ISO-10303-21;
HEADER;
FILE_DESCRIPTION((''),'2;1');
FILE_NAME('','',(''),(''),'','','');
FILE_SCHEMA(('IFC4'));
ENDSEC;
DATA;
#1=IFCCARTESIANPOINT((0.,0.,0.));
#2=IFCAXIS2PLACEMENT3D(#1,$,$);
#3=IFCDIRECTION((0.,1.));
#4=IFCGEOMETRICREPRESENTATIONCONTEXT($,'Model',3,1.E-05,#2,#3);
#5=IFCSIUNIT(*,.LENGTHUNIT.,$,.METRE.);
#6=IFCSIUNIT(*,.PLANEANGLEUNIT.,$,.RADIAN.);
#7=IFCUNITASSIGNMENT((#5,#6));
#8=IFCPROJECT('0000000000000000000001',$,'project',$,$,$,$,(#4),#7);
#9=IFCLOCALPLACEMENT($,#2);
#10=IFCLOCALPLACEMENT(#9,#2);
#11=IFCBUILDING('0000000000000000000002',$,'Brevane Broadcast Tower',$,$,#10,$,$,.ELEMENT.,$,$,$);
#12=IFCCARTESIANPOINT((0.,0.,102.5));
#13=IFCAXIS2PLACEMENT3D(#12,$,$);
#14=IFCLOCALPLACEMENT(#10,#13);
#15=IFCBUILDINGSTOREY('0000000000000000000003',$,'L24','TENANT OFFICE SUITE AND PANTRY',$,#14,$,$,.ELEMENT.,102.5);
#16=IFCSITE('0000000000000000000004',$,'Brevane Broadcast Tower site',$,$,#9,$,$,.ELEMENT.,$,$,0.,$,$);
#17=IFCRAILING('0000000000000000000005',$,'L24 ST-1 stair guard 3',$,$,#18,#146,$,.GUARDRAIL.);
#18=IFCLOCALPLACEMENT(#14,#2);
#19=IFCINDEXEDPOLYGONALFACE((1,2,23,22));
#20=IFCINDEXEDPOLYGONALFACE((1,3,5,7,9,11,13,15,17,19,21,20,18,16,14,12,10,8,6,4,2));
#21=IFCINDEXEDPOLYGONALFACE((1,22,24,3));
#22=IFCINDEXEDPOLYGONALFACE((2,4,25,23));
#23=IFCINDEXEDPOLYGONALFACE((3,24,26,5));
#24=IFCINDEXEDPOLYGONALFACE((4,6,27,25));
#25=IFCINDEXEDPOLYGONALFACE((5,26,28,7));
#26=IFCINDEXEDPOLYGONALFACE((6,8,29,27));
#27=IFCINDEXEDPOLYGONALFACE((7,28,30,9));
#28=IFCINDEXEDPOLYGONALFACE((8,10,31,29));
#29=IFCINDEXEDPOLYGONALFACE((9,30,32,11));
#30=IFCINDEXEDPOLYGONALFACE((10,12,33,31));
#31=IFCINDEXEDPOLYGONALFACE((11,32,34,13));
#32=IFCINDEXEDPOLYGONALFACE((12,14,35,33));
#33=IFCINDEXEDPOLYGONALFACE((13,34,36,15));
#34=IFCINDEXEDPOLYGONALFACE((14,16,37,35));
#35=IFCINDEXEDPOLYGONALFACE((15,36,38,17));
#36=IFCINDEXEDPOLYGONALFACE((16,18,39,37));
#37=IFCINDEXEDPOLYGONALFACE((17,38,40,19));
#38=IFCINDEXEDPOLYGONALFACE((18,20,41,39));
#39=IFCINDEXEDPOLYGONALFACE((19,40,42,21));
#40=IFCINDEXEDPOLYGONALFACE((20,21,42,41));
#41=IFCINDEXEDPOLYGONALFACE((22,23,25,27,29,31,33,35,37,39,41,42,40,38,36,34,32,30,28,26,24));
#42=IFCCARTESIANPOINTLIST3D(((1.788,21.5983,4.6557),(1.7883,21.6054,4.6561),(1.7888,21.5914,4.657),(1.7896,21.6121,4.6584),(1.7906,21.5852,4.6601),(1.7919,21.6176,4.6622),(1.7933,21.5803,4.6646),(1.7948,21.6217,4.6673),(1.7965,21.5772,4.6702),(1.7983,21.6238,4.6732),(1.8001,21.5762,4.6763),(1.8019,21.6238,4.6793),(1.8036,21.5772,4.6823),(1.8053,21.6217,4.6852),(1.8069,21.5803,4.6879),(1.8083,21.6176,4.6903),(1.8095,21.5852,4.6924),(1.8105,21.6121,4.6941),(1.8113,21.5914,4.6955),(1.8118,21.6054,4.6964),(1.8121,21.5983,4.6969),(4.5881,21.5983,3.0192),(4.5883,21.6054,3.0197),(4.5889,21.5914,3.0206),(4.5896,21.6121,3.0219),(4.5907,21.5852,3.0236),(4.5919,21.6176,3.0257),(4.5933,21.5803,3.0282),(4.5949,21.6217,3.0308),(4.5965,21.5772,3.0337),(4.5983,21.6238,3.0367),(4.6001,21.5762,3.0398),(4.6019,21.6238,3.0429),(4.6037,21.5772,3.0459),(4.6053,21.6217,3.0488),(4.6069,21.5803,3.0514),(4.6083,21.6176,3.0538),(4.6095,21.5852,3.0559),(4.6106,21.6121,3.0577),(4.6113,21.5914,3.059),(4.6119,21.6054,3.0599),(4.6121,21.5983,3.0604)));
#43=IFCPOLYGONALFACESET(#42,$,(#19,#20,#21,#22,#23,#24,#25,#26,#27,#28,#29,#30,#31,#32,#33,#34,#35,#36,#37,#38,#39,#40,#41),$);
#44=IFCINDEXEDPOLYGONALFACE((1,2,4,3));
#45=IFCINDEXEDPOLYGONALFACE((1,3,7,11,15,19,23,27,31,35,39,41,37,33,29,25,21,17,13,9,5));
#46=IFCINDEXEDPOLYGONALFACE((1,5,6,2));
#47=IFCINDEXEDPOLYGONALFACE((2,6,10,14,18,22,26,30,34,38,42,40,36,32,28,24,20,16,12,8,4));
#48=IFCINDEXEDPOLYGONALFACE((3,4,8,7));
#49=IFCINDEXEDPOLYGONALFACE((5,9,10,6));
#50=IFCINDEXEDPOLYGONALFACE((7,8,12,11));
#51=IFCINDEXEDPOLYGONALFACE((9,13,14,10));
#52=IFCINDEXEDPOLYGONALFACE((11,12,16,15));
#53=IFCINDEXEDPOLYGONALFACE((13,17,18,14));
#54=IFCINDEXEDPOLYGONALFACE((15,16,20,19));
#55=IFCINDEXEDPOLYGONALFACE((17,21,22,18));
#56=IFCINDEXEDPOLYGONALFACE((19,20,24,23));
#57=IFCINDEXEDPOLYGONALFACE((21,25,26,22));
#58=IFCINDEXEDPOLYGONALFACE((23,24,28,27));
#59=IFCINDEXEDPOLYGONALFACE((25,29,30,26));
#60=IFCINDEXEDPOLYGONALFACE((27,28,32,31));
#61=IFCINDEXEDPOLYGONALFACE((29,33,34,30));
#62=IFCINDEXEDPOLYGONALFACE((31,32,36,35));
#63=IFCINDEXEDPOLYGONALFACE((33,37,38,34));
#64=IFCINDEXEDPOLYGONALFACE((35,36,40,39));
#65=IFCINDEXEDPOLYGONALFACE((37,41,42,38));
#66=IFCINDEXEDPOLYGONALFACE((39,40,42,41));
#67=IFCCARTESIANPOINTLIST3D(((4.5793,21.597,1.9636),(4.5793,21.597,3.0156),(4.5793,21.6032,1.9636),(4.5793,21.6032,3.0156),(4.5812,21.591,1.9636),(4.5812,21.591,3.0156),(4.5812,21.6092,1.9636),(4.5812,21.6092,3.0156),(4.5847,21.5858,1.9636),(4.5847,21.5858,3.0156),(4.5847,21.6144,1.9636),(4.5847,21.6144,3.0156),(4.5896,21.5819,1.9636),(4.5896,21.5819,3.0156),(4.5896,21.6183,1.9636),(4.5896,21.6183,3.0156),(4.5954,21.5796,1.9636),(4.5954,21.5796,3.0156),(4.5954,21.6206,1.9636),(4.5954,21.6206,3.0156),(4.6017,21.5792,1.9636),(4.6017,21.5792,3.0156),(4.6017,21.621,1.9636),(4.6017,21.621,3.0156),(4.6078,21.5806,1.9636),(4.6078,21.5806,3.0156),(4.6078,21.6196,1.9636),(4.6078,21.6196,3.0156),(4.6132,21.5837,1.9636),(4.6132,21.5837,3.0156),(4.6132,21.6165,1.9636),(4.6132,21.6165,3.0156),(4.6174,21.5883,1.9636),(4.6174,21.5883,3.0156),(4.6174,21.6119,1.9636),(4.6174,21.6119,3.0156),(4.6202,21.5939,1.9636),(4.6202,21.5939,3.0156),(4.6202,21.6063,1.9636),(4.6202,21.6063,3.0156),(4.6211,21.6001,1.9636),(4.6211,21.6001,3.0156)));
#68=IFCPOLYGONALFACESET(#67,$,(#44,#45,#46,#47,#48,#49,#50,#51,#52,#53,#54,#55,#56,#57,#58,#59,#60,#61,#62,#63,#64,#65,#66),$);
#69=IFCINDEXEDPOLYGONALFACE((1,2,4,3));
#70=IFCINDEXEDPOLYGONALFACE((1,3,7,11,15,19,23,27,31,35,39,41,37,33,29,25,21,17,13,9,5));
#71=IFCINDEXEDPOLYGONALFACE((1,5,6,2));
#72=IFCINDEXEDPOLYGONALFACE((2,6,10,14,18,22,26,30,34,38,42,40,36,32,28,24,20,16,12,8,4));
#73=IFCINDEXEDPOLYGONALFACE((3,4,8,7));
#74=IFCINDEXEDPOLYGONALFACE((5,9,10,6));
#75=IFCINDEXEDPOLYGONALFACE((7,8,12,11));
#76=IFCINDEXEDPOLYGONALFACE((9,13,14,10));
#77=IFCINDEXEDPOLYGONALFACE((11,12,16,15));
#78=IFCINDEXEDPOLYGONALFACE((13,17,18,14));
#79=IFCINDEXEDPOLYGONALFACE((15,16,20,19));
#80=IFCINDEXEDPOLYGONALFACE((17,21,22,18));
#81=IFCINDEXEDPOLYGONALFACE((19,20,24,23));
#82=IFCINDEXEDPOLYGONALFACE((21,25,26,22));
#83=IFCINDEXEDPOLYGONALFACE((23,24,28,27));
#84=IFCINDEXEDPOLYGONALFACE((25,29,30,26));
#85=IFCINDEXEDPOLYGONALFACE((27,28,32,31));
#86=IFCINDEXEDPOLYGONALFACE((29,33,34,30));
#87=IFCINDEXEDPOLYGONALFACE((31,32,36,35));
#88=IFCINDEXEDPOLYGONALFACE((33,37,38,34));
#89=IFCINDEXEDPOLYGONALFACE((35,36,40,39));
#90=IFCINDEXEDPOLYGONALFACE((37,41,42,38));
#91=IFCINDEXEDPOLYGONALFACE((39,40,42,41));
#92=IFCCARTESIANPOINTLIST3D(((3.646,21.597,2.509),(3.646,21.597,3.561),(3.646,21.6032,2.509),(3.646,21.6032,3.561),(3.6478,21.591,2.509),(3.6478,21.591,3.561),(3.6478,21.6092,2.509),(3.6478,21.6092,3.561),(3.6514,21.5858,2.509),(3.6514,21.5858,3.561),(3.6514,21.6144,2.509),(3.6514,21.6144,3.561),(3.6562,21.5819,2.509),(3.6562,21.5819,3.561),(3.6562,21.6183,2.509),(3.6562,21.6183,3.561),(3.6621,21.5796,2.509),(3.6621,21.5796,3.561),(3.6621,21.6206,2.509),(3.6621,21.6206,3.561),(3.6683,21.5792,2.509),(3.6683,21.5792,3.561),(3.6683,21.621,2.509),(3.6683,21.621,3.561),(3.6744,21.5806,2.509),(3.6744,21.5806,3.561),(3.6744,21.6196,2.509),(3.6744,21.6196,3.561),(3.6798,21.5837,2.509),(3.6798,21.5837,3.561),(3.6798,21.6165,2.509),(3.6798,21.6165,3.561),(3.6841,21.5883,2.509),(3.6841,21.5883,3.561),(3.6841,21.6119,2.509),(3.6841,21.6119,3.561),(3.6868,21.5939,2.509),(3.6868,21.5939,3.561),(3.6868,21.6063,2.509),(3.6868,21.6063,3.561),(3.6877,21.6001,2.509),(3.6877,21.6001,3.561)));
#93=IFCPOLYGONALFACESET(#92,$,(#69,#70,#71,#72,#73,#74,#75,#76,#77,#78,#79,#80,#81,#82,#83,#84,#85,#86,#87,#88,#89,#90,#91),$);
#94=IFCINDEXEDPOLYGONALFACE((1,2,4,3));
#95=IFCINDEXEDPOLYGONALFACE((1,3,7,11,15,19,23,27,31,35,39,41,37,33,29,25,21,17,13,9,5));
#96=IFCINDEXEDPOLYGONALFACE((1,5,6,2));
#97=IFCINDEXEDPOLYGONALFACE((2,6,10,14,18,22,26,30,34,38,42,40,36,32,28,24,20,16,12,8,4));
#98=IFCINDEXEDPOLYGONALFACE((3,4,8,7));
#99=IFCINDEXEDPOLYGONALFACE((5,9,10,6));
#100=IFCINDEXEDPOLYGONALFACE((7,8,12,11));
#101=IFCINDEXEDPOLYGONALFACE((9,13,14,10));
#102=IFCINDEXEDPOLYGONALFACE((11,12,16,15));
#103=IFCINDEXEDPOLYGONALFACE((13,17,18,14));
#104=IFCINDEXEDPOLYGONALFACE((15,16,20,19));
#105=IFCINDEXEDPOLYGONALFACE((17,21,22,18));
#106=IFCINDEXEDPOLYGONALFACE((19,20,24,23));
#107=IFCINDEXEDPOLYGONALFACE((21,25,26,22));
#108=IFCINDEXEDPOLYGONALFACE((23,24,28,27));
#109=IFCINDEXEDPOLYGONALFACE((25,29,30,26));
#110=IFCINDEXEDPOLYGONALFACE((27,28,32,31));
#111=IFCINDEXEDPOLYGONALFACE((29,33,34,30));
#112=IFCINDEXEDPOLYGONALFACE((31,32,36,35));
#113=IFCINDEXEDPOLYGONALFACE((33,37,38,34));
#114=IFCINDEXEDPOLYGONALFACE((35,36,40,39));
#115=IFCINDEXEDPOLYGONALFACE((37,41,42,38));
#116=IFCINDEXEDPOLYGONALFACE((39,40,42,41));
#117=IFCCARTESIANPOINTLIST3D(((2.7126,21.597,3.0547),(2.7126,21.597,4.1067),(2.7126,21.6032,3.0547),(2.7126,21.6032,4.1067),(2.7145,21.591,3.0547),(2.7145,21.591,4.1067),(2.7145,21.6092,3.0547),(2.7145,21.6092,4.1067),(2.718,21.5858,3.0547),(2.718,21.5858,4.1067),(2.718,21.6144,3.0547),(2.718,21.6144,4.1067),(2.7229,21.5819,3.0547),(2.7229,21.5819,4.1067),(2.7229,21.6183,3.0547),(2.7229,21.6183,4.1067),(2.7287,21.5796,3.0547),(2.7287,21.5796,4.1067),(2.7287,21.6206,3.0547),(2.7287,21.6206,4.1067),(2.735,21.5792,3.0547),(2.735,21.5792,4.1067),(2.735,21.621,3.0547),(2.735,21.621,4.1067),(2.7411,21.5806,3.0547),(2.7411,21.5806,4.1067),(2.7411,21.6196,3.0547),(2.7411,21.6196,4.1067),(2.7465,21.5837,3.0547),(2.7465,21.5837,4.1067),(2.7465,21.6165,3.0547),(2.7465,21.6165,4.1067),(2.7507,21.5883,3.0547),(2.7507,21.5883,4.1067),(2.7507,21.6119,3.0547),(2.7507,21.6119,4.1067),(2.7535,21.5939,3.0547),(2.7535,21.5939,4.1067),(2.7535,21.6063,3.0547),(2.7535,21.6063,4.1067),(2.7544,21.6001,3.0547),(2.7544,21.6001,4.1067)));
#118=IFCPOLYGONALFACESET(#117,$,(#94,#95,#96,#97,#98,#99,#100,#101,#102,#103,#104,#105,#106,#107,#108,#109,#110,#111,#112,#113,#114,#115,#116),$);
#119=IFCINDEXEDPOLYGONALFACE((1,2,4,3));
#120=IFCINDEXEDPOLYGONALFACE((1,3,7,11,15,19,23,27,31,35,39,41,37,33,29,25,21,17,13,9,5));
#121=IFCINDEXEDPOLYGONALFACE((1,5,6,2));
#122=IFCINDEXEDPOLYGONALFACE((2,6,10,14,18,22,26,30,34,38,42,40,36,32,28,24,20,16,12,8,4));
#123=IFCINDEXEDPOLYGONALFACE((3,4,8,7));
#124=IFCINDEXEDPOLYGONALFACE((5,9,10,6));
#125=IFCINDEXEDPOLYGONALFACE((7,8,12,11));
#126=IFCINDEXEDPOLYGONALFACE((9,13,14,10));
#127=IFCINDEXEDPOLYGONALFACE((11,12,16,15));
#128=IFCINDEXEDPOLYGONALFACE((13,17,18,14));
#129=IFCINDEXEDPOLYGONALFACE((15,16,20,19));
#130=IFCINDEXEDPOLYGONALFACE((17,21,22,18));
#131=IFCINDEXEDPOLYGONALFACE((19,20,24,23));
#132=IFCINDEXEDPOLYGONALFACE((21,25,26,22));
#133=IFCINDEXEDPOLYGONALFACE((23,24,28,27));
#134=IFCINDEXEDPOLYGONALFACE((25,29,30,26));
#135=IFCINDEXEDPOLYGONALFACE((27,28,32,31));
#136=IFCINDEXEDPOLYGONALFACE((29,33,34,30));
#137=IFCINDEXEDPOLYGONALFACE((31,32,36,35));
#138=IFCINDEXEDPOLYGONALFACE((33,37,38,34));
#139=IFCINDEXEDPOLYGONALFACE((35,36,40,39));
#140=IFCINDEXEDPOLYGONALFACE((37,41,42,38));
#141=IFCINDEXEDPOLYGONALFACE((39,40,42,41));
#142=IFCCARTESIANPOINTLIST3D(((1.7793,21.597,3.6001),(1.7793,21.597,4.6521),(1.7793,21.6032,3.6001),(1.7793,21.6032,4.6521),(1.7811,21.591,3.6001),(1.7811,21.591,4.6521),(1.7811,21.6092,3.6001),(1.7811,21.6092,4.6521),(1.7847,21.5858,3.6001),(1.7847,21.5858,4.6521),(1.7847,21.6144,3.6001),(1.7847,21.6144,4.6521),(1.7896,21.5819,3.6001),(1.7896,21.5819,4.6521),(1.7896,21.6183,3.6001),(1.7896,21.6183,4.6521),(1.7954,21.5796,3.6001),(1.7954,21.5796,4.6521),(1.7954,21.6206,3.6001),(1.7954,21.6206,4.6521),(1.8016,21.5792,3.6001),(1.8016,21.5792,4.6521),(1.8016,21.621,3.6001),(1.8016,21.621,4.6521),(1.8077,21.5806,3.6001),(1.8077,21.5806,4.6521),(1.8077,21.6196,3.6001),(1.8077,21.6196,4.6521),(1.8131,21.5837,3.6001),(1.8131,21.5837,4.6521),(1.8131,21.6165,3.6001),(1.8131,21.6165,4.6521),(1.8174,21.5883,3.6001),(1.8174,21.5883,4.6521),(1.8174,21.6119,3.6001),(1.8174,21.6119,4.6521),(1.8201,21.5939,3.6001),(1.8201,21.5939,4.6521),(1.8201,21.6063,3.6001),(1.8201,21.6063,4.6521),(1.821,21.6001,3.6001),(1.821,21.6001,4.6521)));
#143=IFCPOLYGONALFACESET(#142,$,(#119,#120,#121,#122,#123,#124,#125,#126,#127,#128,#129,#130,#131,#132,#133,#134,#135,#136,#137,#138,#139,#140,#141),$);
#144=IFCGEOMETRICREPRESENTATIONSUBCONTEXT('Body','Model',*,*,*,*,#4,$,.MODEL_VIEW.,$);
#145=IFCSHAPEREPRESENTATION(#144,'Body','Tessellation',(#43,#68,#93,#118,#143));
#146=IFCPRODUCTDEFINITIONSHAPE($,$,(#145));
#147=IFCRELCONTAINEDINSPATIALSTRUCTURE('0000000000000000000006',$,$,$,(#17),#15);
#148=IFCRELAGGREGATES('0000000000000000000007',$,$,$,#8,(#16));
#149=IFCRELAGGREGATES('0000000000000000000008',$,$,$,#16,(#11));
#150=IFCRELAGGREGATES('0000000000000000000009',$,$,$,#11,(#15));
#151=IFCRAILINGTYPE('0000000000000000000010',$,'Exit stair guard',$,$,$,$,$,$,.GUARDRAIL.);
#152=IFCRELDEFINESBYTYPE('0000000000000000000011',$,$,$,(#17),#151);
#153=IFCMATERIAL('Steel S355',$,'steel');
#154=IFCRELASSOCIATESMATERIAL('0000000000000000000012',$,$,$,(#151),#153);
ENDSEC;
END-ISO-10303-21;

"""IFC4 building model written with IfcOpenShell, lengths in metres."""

from ifc_helpers import new_model, si_unit, direction, frame, origin, origin_2d, place, context, subcontext, project, spatial, circle, extrude, material, type_object, element, save


model = new_model("IFC4")

# Units and contexts
model_context = context("Model", 3, precision=1e-05, world=origin(), true_north=direction((0.0, 1.0)))
body_context = subcontext(model_context, "Body", "Model", "MODEL_VIEW")
ifc_project = project(units=[si_unit("LENGTHUNIT", "METRE"), si_unit("PLANEANGLEUNIT", "RADIAN")], contexts=[model_context])

# Site, building, storey
site_placement = place(None, origin())
site = spatial("IfcSite", under=ifc_project, at=site_placement, Name="Brevane Broadcast Tower site", CompositionType="ELEMENT", RefElevation=0.0)
building_placement = place(site_placement, origin())
building = spatial("IfcBuilding", under=site, at=building_placement, Name="Brevane Broadcast Tower", CompositionType="ELEMENT")
storey_placement = place(building_placement, frame((0.0, 0.0, 102.5)))
storey = spatial("IfcBuildingStorey", under=building, at=storey_placement, Name="L24", Description="TENANT OFFICE SUITE AND PANTRY", CompositionType="ELEMENT", Elevation=102.5)

# Railing
ifc_material_1 = material(Name="Steel S355", Category="steel")
railing_type_1 = type_object("IfcRailingType", Name="Exit stair guard", PredefinedType="GUARDRAIL", material=ifc_material_1)
railing_1_placement = place(storey_placement, frame((4.6001, 21.6001, 1.9636)))
element("IfcRailing", 1, at=railing_1_placement, inside=storey, type_object=railing_type_1, Name="L24 ST-1 stair guard 3", PredefinedType="GUARDRAIL", context=body_context, shape_type="SweptSolid", body=[
    extrude(circle(Radius=0.0239, at=origin_2d()), frame((0.0, 0.0, 1.0762), z_axis=(-0.863361, 0.0, 0.504587), x_axis=(0.0, -1.0, 0.0)), (0.0, 0.0, 1.0), 3.2432),
    extrude(circle(Radius=0.021, at=origin_2d()), origin(), (0.0, 0.0, 1.0), 1.052),
    extrude(circle(Radius=0.021, at=origin_2d()), frame((-0.9333, 0.0, 0.5454)), (0.0, 0.0, 1.0), 1.052),
    extrude(circle(Radius=0.021, at=origin_2d()), frame((-1.8667, 0.0, 1.0911)), (0.0, 0.0, 1.0), 1.052),
    extrude(circle(Radius=0.021, at=origin_2d()), frame((-2.8, 0.0, 1.6365)), (0.0, 0.0, 1.0), 1.052),
])

save(model, "model.ifc")
